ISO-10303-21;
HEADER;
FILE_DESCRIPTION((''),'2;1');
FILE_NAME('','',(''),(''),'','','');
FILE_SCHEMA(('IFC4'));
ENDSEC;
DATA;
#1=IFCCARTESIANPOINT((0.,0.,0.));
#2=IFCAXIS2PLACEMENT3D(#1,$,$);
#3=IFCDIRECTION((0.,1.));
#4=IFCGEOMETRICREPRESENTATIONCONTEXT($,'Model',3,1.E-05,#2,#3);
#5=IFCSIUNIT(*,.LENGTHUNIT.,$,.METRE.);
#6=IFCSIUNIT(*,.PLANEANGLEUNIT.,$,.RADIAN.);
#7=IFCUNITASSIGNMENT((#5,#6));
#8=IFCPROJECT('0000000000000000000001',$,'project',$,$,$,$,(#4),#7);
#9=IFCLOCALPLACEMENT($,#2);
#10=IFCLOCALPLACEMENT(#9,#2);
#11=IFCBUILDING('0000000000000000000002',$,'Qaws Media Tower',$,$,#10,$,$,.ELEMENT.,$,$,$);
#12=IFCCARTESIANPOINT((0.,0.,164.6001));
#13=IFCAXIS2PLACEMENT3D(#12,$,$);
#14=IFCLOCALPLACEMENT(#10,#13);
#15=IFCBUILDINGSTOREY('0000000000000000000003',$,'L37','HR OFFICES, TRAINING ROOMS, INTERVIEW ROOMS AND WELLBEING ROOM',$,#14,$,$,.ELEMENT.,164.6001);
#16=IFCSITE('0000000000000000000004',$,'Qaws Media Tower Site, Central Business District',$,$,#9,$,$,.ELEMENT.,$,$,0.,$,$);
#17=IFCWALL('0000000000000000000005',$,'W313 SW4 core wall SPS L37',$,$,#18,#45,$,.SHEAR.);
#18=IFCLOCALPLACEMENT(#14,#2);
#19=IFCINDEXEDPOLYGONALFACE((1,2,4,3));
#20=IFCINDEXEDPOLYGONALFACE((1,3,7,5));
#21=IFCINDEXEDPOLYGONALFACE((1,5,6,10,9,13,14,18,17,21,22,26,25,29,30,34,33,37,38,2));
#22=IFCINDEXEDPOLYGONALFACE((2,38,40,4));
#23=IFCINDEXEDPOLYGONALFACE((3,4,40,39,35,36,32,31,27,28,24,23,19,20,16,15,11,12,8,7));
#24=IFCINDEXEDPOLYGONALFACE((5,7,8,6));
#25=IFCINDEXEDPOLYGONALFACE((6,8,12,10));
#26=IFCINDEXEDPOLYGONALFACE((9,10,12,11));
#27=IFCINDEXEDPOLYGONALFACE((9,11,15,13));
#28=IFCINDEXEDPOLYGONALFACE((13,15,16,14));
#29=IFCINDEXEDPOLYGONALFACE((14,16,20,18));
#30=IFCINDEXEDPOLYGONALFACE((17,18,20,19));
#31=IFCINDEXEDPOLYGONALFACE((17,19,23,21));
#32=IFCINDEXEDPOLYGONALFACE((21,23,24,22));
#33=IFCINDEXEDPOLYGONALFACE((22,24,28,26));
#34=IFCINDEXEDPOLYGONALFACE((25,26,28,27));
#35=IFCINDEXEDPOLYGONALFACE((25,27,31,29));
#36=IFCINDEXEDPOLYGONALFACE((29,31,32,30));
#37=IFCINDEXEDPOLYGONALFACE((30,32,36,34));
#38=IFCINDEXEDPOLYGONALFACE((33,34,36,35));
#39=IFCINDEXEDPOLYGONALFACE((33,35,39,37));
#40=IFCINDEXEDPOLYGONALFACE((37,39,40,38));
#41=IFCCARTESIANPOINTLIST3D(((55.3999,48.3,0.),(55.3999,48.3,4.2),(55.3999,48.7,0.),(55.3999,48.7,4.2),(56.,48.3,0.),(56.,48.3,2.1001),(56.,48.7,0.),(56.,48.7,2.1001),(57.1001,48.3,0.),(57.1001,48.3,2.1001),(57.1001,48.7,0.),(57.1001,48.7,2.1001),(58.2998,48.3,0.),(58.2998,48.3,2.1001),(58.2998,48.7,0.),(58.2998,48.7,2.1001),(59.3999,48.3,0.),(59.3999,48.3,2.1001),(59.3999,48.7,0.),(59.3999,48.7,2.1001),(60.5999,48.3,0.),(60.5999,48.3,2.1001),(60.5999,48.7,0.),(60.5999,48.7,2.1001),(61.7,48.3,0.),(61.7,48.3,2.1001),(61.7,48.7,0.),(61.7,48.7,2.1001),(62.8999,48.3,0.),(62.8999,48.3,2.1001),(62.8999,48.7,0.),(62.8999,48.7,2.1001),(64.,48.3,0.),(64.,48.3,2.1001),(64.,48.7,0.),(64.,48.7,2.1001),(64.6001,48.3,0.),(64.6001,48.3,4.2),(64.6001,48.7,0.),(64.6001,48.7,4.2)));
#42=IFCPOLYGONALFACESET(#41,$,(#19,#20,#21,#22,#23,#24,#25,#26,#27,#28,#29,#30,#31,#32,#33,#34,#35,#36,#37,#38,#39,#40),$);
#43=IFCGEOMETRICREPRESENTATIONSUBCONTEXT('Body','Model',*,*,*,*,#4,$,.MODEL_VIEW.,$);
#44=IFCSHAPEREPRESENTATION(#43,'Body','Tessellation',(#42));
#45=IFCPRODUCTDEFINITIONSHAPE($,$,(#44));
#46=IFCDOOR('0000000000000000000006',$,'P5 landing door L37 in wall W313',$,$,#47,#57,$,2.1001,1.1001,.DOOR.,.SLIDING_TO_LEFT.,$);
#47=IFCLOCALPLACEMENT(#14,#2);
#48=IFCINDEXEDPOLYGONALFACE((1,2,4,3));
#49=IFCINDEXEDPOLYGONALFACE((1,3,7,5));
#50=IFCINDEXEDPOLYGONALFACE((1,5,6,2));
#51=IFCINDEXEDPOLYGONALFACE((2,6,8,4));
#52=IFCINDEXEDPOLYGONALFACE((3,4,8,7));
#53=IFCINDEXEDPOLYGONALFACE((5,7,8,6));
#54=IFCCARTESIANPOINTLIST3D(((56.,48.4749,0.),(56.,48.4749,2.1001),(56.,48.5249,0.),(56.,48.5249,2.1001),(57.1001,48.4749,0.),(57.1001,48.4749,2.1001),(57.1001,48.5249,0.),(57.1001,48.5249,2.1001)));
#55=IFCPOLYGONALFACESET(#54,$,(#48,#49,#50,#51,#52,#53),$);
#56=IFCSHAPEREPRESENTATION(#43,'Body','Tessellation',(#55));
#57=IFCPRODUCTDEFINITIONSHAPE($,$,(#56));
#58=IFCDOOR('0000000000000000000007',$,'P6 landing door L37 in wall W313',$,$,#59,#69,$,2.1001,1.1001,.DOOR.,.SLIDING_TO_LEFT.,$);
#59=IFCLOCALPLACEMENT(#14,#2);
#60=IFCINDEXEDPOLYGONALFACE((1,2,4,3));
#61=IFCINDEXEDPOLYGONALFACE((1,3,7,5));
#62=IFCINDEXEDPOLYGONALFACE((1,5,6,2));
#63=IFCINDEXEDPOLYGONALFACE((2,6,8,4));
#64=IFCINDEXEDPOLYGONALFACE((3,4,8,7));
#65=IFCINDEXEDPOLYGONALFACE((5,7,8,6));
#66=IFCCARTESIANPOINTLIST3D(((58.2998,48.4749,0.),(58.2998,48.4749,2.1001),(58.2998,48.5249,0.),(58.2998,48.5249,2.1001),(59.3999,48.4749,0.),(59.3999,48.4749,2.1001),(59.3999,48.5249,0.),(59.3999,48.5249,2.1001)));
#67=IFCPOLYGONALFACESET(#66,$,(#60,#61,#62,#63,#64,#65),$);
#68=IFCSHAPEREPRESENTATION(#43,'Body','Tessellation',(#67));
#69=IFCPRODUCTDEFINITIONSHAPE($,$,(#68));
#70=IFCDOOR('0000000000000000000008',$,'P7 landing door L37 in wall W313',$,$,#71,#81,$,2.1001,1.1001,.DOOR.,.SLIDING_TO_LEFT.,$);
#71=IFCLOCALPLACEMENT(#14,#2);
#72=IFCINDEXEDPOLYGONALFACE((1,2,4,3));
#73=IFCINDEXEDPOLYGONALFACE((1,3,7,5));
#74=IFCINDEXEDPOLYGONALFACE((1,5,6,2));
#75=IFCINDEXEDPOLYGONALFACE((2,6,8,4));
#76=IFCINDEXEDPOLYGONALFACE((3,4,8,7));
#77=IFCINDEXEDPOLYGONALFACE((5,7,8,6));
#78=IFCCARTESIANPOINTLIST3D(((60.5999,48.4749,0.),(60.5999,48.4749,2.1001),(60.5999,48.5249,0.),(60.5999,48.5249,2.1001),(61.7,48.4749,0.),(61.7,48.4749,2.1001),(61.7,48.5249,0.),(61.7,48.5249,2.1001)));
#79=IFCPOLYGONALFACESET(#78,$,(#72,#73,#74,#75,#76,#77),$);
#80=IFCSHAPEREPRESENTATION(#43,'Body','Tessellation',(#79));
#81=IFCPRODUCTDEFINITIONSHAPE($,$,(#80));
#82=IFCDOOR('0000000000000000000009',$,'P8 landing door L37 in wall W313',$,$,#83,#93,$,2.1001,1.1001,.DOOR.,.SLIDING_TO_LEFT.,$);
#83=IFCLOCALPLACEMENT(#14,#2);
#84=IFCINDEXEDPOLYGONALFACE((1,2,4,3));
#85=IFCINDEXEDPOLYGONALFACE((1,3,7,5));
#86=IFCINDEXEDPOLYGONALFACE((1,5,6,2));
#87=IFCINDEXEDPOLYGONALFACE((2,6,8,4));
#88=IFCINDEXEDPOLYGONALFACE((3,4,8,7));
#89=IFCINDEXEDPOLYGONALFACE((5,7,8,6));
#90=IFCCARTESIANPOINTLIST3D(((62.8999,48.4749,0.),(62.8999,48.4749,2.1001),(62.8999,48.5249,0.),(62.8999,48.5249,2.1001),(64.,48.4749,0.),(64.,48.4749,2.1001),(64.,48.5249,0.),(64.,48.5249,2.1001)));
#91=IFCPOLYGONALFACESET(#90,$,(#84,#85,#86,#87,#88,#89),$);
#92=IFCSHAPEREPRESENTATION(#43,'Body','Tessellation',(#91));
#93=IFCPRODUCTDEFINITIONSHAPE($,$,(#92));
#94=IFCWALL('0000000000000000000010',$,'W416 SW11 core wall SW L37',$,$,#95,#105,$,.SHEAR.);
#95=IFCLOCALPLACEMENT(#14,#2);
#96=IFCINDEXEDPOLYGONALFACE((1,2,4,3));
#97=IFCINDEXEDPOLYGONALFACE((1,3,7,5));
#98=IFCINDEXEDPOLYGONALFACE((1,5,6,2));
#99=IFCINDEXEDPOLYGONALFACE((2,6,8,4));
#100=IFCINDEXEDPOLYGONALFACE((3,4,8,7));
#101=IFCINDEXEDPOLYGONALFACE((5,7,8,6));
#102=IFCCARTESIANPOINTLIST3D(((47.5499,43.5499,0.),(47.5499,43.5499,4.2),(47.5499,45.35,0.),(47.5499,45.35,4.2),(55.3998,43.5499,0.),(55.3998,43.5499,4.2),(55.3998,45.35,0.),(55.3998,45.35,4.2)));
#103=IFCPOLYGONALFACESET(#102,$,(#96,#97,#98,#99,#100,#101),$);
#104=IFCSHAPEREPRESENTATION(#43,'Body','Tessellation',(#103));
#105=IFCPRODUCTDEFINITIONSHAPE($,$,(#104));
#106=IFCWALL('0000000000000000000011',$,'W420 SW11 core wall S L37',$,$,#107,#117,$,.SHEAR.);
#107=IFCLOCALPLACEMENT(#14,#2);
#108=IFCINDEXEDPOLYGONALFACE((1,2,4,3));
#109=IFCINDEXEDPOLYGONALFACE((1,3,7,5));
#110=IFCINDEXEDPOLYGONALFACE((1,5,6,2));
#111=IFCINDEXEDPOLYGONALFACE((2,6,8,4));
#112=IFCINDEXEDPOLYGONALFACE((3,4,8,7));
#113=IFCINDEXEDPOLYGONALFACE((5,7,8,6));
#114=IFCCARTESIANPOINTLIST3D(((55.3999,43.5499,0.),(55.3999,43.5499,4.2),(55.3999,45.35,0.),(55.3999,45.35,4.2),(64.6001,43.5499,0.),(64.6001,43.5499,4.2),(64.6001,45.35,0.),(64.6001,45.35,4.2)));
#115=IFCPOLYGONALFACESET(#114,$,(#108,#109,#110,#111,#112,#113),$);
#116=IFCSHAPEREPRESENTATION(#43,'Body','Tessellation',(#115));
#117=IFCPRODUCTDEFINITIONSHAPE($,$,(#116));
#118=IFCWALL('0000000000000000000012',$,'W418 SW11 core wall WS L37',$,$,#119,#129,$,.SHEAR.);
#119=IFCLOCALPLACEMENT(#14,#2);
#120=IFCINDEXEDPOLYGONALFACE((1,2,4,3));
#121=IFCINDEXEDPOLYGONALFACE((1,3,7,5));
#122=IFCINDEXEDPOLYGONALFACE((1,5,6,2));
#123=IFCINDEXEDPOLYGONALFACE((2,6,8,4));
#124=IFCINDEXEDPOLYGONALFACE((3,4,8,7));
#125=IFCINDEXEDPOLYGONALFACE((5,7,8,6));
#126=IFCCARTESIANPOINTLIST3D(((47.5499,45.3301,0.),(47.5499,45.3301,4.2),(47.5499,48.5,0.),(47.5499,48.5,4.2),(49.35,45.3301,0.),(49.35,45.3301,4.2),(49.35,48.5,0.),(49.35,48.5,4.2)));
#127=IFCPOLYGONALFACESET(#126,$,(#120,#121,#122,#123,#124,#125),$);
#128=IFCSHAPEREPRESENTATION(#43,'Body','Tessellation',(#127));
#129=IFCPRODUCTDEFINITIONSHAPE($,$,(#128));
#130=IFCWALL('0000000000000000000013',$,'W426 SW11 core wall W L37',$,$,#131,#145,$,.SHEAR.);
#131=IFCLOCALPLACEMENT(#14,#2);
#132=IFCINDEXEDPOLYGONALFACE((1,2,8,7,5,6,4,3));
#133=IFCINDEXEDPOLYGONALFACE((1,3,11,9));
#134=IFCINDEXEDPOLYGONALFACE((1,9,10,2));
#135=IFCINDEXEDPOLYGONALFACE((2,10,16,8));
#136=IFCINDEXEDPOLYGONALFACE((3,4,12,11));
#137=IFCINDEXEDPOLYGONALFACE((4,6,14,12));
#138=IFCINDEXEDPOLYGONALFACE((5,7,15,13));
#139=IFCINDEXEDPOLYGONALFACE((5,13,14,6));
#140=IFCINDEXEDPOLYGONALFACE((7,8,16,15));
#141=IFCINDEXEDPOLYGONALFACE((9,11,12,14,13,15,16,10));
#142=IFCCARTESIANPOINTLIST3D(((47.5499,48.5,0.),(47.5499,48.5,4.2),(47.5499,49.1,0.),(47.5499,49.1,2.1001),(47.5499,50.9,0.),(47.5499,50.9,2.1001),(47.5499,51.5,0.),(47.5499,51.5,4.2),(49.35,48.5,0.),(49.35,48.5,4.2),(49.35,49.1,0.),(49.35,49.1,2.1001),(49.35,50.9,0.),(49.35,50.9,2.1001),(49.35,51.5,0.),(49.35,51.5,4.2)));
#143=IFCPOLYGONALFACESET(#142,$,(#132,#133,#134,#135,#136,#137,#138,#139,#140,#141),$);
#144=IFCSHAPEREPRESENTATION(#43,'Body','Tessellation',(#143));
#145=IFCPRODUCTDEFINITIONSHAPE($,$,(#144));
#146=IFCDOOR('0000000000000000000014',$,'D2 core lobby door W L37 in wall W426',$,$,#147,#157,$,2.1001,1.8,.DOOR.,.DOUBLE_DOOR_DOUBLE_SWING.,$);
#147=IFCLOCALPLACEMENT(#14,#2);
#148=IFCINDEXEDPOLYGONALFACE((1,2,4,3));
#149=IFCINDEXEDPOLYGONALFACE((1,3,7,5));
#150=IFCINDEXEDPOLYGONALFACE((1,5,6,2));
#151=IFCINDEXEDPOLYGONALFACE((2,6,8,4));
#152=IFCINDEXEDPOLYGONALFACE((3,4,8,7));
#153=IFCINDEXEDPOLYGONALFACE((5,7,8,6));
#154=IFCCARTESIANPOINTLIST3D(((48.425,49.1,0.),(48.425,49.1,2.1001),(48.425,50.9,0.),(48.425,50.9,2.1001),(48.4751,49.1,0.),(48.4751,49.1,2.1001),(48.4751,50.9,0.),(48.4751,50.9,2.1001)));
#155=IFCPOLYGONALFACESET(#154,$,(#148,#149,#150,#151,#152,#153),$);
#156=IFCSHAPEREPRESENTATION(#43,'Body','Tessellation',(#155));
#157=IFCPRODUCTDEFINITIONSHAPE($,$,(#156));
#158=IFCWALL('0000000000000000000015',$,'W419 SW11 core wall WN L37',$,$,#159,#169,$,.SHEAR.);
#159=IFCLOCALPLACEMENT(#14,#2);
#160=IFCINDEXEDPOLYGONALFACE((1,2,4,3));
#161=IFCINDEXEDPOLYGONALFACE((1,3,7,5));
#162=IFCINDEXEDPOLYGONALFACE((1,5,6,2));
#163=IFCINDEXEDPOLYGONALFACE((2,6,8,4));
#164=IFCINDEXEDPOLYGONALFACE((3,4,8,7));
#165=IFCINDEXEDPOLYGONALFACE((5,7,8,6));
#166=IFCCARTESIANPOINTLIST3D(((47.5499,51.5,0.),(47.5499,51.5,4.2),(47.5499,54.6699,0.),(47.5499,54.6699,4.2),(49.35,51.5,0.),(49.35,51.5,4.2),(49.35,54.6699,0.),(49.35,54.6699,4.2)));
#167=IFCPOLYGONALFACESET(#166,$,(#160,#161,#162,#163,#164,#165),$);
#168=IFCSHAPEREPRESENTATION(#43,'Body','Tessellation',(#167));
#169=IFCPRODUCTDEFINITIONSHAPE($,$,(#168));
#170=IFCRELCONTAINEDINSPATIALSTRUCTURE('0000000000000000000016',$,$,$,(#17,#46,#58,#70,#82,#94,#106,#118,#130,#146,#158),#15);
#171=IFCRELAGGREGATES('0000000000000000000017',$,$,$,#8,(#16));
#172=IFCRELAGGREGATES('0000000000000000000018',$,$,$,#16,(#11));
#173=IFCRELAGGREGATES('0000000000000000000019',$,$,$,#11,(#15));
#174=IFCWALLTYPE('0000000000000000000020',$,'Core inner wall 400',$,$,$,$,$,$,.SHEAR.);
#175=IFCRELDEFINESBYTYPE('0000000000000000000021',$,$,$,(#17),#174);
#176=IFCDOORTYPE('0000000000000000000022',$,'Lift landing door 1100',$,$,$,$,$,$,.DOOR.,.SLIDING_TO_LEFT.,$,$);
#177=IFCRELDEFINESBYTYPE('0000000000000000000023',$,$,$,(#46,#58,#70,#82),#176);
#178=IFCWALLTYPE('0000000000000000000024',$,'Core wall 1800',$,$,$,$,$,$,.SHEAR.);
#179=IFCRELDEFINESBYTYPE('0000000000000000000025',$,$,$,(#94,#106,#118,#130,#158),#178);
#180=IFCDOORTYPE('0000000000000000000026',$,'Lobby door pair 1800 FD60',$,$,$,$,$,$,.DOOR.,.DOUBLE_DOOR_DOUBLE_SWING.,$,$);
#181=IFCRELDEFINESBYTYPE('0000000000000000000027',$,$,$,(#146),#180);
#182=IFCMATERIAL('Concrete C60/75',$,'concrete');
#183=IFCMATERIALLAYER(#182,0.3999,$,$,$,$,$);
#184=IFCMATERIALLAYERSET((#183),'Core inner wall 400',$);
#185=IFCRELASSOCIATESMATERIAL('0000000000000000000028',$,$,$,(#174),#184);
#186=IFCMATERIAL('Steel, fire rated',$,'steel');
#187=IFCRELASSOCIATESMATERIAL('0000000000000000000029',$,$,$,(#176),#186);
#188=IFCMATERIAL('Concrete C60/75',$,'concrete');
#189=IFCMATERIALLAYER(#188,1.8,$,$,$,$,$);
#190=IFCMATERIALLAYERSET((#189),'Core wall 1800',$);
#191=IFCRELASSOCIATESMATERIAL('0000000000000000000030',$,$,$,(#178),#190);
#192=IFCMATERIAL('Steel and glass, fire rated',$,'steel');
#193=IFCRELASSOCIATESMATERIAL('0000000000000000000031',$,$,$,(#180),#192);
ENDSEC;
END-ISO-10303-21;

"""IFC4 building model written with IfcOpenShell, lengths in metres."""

from ifc_helpers import new_model, si_unit, direction, frame, frame_2d, origin, place, context, subcontext, project, spatial, rectangle, extrude, material, layer, layer_set, type_object, element, fill, save


model = new_model("IFC4")

# Units and contexts
model_context = context("Model", 3, precision=1e-05, world=origin(), true_north=direction((0.0, 1.0)))
body_context = subcontext(model_context, "Body", "Model", "MODEL_VIEW")
ifc_project = project(units=[si_unit("LENGTHUNIT", "METRE"), si_unit("PLANEANGLEUNIT", "RADIAN")], contexts=[model_context])

# Site, building, storey
site_placement = place(None, origin())
site = spatial("IfcSite", under=ifc_project, at=site_placement, Name="Qaws Media Tower Site, Central Business District", CompositionType="ELEMENT", RefElevation=0.0)
building_placement = place(site_placement, origin())
building = spatial("IfcBuilding", under=site, at=building_placement, Name="Qaws Media Tower", CompositionType="ELEMENT")
storey_placement = place(building_placement, frame((0.0, 0.0, 164.6001)))
storey = spatial("IfcBuildingStorey", under=building, at=storey_placement, Name="L37", Description="HR OFFICES, TRAINING ROOMS, INTERVIEW ROOMS AND WELLBEING ROOM", CompositionType="ELEMENT", Elevation=164.6001)

# Wall, openings, doors
ifc_material_1 = material(Name="Concrete C60/75", Category="concrete")
ifc_layer_1 = layer(ifc_material_1, 0.3999)
ifc_layer_set_1 = layer_set([ifc_layer_1], Name="Core inner wall 400")
wall_type_1 = type_object("IfcWallType", Name="Core inner wall 400", PredefinedType="SHEAR", material=ifc_layer_set_1)
wall_1_placement = place(storey_placement, frame((55.3999, 48.5, 0.0), z_axis=(0.0, 0.0, 1.0), x_axis=(1.0, 0.0, 0.0)))
wall_1 = element("IfcWall", 1, at=wall_1_placement, inside=storey, type_object=wall_type_1, Name="W313 SW4 core wall SPS L37", PredefinedType="SHEAR", context=body_context, shape_type="SweptSolid", body=[
    extrude(rectangle(XDim=9.2002, YDim=0.3999, at=frame_2d((4.6001, 0.0))), origin(), (0.0, 0.0, 1.0), 4.2),
])
opening_1_placement = place(wall_1_placement, frame((0.6001, 0.0, 0.0)))
opening_1 = element("IfcOpeningElement", 2, at=opening_1_placement, cuts=wall_1, PredefinedType="OPENING", context=body_context, shape_type="SweptSolid", body=[
    extrude(rectangle(XDim=1.1001, YDim=2.1001, at=frame_2d((0.55, 1.05))), frame((0.0, 0.21, 0.0), z_axis=(0.0, -1.0, 0.0), x_axis=(1.0, 0.0, 0.0)), (0.0, 0.0, 1.0), 0.4199),
])
opening_2_placement = place(wall_1_placement, frame((2.8999, 0.0, 0.0)))
opening_2 = element("IfcOpeningElement", 3, at=opening_2_placement, cuts=wall_1, PredefinedType="OPENING", context=body_context, shape_type="SweptSolid", body=[
    extrude(rectangle(XDim=1.1001, YDim=2.1001, at=frame_2d((0.55, 1.05))), frame((0.0, 0.21, 0.0), z_axis=(0.0, -1.0, 0.0), x_axis=(1.0, 0.0, 0.0)), (0.0, 0.0, 1.0), 0.4199),
])
opening_3_placement = place(wall_1_placement, frame((5.2, 0.0, 0.0)))
opening_3 = element("IfcOpeningElement", 4, at=opening_3_placement, cuts=wall_1, PredefinedType="OPENING", context=body_context, shape_type="SweptSolid", body=[
    extrude(rectangle(XDim=1.1001, YDim=2.1001, at=frame_2d((0.55, 1.05))), frame((0.0, 0.21, 0.0), z_axis=(0.0, -1.0, 0.0), x_axis=(1.0, 0.0, 0.0)), (0.0, 0.0, 1.0), 0.4199),
])
opening_4_placement = place(wall_1_placement, frame((7.5, 0.0, 0.0)))
opening_4 = element("IfcOpeningElement", 5, at=opening_4_placement, cuts=wall_1, PredefinedType="OPENING", context=body_context, shape_type="SweptSolid", body=[
    extrude(rectangle(XDim=1.1001, YDim=2.1001, at=frame_2d((0.55, 1.05))), frame((0.0, 0.21, 0.0), z_axis=(0.0, -1.0, 0.0), x_axis=(1.0, 0.0, 0.0)), (0.0, 0.0, 1.0), 0.4199),
])
ifc_material_2 = material(Name="Steel, fire rated", Category="steel")
door_type_1 = type_object("IfcDoorType", Name="Lift landing door 1100", OperationType="SLIDING_TO_LEFT", PredefinedType="DOOR", material=ifc_material_2)
door_1_placement = place(opening_1_placement, origin())
door_1 = element("IfcDoor", 6, at=door_1_placement, inside=storey, type_object=door_type_1, Name="P5 landing door L37 in wall W313", OperationType="SLIDING_TO_LEFT", OverallHeight=2.1001, OverallWidth=1.1001, PredefinedType="DOOR", context=body_context, shape_type="SweptSolid", body=[
    extrude(rectangle(XDim=1.1001, YDim=2.1001, at=frame_2d((0.55, 1.05))), frame((0.0, 0.0249, 0.0), z_axis=(0.0, -1.0, 0.0), x_axis=(1.0, 0.0, 0.0)), (0.0, 0.0, 1.0), 0.05),
])
fill(opening_1, door_1)
door_2_placement = place(opening_2_placement, origin())
door_2 = element("IfcDoor", 7, at=door_2_placement, inside=storey, type_object=door_type_1, Name="P6 landing door L37 in wall W313", OperationType="SLIDING_TO_LEFT", OverallHeight=2.1001, OverallWidth=1.1001, PredefinedType="DOOR", context=body_context, shape_type="SweptSolid", body=[
    extrude(rectangle(XDim=1.1001, YDim=2.1001, at=frame_2d((0.55, 1.05))), frame((0.0, 0.0249, 0.0), z_axis=(0.0, -1.0, 0.0), x_axis=(1.0, 0.0, 0.0)), (0.0, 0.0, 1.0), 0.05),
])
fill(opening_2, door_2)
door_3_placement = place(opening_3_placement, origin())
door_3 = element("IfcDoor", 8, at=door_3_placement, inside=storey, type_object=door_type_1, Name="P7 landing door L37 in wall W313", OperationType="SLIDING_TO_LEFT", OverallHeight=2.1001, OverallWidth=1.1001, PredefinedType="DOOR", context=body_context, shape_type="SweptSolid", body=[
    extrude(rectangle(XDim=1.1001, YDim=2.1001, at=frame_2d((0.55, 1.05))), frame((0.0, 0.0249, 0.0), z_axis=(0.0, -1.0, 0.0), x_axis=(1.0, 0.0, 0.0)), (0.0, 0.0, 1.0), 0.05),
])
fill(opening_3, door_3)
door_4_placement = place(opening_4_placement, origin())
door_4 = element("IfcDoor", 9, at=door_4_placement, inside=storey, type_object=door_type_1, Name="P8 landing door L37 in wall W313", OperationType="SLIDING_TO_LEFT", OverallHeight=2.1001, OverallWidth=1.1001, PredefinedType="DOOR", context=body_context, shape_type="SweptSolid", body=[
    extrude(rectangle(XDim=1.1001, YDim=2.1001, at=frame_2d((0.55, 1.05))), frame((0.0, 0.0249, 0.0), z_axis=(0.0, -1.0, 0.0), x_axis=(1.0, 0.0, 0.0)), (0.0, 0.0, 1.0), 0.05),
])
fill(opening_4, door_4)

# Walls
ifc_material_3 = material(Name="Concrete C60/75", Category="concrete")
ifc_layer_2 = layer(ifc_material_3, 1.8)
ifc_layer_set_2 = layer_set([ifc_layer_2], Name="Core wall 1800")
wall_type_2 = type_object("IfcWallType", Name="Core wall 1800", PredefinedType="SHEAR", material=ifc_layer_set_2)
wall_2_placement = place(storey_placement, frame((47.55, 44.45, 0.0), z_axis=(0.0, 0.0, 1.0), x_axis=(1.0, 0.0, 0.0)))
element("IfcWall", 10, at=wall_2_placement, inside=storey, type_object=wall_type_2, Name="W416 SW11 core wall SW L37", PredefinedType="SHEAR", context=body_context, shape_type="SweptSolid", body=[
    extrude(rectangle(XDim=7.8499, YDim=1.8, at=frame_2d((3.9248, 0.0))), origin(), (0.0, 0.0, 1.0), 4.2),
])
wall_3_placement = place(storey_placement, frame((55.3999, 44.45, 0.0), z_axis=(0.0, 0.0, 1.0), x_axis=(1.0, 0.0, 0.0)))
element("IfcWall", 11, at=wall_3_placement, inside=storey, type_object=wall_type_2, Name="W420 SW11 core wall S L37", PredefinedType="SHEAR", context=body_context, shape_type="SweptSolid", body=[
    extrude(rectangle(XDim=9.2002, YDim=1.8, at=frame_2d((4.6001, 0.0))), origin(), (0.0, 0.0, 1.0), 4.2),
])
wall_4_placement = place(storey_placement, frame((48.45, 45.3301, 0.0), z_axis=(0.0, 0.0, 1.0), x_axis=(0.0, 1.0, 0.0)))
element("IfcWall", 12, at=wall_4_placement, inside=storey, type_object=wall_type_2, Name="W418 SW11 core wall WS L37", PredefinedType="SHEAR", context=body_context, shape_type="SweptSolid", body=[
    extrude(rectangle(XDim=3.1699, YDim=1.8, at=frame_2d((1.585, 0.0))), origin(), (0.0, 0.0, 1.0), 4.2),
])

# Wall, opening, door
wall_5_placement = place(storey_placement, frame((48.45, 48.5, 0.0), z_axis=(0.0, 0.0, 1.0), x_axis=(0.0, 1.0, 0.0)))
wall_5 = element("IfcWall", 13, at=wall_5_placement, inside=storey, type_object=wall_type_2, Name="W426 SW11 core wall W L37", PredefinedType="SHEAR", context=body_context, shape_type="SweptSolid", body=[
    extrude(rectangle(XDim=3.0, YDim=1.8, at=frame_2d((1.5, 0.0))), origin(), (0.0, 0.0, 1.0), 4.2),
])
opening_5_placement = place(wall_5_placement, frame((0.6001, 0.0, 0.0)))
opening_5 = element("IfcOpeningElement", 14, at=opening_5_placement, cuts=wall_5, PredefinedType="OPENING", context=body_context, shape_type="SweptSolid", body=[
    extrude(rectangle(XDim=1.8, YDim=2.1001, at=frame_2d((0.8999, 1.05))), frame((0.0, 0.9099, 0.0), z_axis=(0.0, -1.0, 0.0), x_axis=(1.0, 0.0, 0.0)), (0.0, 0.0, 1.0), 1.8201),
])
ifc_material_4 = material(Name="Steel and glass, fire rated", Category="steel")
door_type_2 = type_object("IfcDoorType", Name="Lobby door pair 1800 FD60", OperationType="DOUBLE_DOOR_DOUBLE_SWING", PredefinedType="DOOR", material=ifc_material_4)
door_5_placement = place(opening_5_placement, origin())
door_5 = element("IfcDoor", 15, at=door_5_placement, inside=storey, type_object=door_type_2, Name="D2 core lobby door W L37 in wall W426", OperationType="DOUBLE_DOOR_DOUBLE_SWING", OverallHeight=2.1001, OverallWidth=1.8, PredefinedType="DOOR", context=body_context, shape_type="SweptSolid", body=[
    extrude(rectangle(XDim=1.8, YDim=2.1001, at=frame_2d((0.8999, 1.05))), frame((0.0, 0.0249, 0.0), z_axis=(0.0, -1.0, 0.0), x_axis=(1.0, 0.0, 0.0)), (0.0, 0.0, 1.0), 0.05),
])
fill(opening_5, door_5)

# Wall
wall_6_placement = place(storey_placement, frame((48.45, 51.5, 0.0), z_axis=(0.0, 0.0, 1.0), x_axis=(0.0, 1.0, 0.0)))
element("IfcWall", 16, at=wall_6_placement, inside=storey, type_object=wall_type_2, Name="W419 SW11 core wall WN L37", PredefinedType="SHEAR", context=body_context, shape_type="SweptSolid", body=[
    extrude(rectangle(XDim=3.1699, YDim=1.8, at=frame_2d((1.585, 0.0))), origin(), (0.0, 0.0, 1.0), 4.2),
])

save(model, "model.ifc")
